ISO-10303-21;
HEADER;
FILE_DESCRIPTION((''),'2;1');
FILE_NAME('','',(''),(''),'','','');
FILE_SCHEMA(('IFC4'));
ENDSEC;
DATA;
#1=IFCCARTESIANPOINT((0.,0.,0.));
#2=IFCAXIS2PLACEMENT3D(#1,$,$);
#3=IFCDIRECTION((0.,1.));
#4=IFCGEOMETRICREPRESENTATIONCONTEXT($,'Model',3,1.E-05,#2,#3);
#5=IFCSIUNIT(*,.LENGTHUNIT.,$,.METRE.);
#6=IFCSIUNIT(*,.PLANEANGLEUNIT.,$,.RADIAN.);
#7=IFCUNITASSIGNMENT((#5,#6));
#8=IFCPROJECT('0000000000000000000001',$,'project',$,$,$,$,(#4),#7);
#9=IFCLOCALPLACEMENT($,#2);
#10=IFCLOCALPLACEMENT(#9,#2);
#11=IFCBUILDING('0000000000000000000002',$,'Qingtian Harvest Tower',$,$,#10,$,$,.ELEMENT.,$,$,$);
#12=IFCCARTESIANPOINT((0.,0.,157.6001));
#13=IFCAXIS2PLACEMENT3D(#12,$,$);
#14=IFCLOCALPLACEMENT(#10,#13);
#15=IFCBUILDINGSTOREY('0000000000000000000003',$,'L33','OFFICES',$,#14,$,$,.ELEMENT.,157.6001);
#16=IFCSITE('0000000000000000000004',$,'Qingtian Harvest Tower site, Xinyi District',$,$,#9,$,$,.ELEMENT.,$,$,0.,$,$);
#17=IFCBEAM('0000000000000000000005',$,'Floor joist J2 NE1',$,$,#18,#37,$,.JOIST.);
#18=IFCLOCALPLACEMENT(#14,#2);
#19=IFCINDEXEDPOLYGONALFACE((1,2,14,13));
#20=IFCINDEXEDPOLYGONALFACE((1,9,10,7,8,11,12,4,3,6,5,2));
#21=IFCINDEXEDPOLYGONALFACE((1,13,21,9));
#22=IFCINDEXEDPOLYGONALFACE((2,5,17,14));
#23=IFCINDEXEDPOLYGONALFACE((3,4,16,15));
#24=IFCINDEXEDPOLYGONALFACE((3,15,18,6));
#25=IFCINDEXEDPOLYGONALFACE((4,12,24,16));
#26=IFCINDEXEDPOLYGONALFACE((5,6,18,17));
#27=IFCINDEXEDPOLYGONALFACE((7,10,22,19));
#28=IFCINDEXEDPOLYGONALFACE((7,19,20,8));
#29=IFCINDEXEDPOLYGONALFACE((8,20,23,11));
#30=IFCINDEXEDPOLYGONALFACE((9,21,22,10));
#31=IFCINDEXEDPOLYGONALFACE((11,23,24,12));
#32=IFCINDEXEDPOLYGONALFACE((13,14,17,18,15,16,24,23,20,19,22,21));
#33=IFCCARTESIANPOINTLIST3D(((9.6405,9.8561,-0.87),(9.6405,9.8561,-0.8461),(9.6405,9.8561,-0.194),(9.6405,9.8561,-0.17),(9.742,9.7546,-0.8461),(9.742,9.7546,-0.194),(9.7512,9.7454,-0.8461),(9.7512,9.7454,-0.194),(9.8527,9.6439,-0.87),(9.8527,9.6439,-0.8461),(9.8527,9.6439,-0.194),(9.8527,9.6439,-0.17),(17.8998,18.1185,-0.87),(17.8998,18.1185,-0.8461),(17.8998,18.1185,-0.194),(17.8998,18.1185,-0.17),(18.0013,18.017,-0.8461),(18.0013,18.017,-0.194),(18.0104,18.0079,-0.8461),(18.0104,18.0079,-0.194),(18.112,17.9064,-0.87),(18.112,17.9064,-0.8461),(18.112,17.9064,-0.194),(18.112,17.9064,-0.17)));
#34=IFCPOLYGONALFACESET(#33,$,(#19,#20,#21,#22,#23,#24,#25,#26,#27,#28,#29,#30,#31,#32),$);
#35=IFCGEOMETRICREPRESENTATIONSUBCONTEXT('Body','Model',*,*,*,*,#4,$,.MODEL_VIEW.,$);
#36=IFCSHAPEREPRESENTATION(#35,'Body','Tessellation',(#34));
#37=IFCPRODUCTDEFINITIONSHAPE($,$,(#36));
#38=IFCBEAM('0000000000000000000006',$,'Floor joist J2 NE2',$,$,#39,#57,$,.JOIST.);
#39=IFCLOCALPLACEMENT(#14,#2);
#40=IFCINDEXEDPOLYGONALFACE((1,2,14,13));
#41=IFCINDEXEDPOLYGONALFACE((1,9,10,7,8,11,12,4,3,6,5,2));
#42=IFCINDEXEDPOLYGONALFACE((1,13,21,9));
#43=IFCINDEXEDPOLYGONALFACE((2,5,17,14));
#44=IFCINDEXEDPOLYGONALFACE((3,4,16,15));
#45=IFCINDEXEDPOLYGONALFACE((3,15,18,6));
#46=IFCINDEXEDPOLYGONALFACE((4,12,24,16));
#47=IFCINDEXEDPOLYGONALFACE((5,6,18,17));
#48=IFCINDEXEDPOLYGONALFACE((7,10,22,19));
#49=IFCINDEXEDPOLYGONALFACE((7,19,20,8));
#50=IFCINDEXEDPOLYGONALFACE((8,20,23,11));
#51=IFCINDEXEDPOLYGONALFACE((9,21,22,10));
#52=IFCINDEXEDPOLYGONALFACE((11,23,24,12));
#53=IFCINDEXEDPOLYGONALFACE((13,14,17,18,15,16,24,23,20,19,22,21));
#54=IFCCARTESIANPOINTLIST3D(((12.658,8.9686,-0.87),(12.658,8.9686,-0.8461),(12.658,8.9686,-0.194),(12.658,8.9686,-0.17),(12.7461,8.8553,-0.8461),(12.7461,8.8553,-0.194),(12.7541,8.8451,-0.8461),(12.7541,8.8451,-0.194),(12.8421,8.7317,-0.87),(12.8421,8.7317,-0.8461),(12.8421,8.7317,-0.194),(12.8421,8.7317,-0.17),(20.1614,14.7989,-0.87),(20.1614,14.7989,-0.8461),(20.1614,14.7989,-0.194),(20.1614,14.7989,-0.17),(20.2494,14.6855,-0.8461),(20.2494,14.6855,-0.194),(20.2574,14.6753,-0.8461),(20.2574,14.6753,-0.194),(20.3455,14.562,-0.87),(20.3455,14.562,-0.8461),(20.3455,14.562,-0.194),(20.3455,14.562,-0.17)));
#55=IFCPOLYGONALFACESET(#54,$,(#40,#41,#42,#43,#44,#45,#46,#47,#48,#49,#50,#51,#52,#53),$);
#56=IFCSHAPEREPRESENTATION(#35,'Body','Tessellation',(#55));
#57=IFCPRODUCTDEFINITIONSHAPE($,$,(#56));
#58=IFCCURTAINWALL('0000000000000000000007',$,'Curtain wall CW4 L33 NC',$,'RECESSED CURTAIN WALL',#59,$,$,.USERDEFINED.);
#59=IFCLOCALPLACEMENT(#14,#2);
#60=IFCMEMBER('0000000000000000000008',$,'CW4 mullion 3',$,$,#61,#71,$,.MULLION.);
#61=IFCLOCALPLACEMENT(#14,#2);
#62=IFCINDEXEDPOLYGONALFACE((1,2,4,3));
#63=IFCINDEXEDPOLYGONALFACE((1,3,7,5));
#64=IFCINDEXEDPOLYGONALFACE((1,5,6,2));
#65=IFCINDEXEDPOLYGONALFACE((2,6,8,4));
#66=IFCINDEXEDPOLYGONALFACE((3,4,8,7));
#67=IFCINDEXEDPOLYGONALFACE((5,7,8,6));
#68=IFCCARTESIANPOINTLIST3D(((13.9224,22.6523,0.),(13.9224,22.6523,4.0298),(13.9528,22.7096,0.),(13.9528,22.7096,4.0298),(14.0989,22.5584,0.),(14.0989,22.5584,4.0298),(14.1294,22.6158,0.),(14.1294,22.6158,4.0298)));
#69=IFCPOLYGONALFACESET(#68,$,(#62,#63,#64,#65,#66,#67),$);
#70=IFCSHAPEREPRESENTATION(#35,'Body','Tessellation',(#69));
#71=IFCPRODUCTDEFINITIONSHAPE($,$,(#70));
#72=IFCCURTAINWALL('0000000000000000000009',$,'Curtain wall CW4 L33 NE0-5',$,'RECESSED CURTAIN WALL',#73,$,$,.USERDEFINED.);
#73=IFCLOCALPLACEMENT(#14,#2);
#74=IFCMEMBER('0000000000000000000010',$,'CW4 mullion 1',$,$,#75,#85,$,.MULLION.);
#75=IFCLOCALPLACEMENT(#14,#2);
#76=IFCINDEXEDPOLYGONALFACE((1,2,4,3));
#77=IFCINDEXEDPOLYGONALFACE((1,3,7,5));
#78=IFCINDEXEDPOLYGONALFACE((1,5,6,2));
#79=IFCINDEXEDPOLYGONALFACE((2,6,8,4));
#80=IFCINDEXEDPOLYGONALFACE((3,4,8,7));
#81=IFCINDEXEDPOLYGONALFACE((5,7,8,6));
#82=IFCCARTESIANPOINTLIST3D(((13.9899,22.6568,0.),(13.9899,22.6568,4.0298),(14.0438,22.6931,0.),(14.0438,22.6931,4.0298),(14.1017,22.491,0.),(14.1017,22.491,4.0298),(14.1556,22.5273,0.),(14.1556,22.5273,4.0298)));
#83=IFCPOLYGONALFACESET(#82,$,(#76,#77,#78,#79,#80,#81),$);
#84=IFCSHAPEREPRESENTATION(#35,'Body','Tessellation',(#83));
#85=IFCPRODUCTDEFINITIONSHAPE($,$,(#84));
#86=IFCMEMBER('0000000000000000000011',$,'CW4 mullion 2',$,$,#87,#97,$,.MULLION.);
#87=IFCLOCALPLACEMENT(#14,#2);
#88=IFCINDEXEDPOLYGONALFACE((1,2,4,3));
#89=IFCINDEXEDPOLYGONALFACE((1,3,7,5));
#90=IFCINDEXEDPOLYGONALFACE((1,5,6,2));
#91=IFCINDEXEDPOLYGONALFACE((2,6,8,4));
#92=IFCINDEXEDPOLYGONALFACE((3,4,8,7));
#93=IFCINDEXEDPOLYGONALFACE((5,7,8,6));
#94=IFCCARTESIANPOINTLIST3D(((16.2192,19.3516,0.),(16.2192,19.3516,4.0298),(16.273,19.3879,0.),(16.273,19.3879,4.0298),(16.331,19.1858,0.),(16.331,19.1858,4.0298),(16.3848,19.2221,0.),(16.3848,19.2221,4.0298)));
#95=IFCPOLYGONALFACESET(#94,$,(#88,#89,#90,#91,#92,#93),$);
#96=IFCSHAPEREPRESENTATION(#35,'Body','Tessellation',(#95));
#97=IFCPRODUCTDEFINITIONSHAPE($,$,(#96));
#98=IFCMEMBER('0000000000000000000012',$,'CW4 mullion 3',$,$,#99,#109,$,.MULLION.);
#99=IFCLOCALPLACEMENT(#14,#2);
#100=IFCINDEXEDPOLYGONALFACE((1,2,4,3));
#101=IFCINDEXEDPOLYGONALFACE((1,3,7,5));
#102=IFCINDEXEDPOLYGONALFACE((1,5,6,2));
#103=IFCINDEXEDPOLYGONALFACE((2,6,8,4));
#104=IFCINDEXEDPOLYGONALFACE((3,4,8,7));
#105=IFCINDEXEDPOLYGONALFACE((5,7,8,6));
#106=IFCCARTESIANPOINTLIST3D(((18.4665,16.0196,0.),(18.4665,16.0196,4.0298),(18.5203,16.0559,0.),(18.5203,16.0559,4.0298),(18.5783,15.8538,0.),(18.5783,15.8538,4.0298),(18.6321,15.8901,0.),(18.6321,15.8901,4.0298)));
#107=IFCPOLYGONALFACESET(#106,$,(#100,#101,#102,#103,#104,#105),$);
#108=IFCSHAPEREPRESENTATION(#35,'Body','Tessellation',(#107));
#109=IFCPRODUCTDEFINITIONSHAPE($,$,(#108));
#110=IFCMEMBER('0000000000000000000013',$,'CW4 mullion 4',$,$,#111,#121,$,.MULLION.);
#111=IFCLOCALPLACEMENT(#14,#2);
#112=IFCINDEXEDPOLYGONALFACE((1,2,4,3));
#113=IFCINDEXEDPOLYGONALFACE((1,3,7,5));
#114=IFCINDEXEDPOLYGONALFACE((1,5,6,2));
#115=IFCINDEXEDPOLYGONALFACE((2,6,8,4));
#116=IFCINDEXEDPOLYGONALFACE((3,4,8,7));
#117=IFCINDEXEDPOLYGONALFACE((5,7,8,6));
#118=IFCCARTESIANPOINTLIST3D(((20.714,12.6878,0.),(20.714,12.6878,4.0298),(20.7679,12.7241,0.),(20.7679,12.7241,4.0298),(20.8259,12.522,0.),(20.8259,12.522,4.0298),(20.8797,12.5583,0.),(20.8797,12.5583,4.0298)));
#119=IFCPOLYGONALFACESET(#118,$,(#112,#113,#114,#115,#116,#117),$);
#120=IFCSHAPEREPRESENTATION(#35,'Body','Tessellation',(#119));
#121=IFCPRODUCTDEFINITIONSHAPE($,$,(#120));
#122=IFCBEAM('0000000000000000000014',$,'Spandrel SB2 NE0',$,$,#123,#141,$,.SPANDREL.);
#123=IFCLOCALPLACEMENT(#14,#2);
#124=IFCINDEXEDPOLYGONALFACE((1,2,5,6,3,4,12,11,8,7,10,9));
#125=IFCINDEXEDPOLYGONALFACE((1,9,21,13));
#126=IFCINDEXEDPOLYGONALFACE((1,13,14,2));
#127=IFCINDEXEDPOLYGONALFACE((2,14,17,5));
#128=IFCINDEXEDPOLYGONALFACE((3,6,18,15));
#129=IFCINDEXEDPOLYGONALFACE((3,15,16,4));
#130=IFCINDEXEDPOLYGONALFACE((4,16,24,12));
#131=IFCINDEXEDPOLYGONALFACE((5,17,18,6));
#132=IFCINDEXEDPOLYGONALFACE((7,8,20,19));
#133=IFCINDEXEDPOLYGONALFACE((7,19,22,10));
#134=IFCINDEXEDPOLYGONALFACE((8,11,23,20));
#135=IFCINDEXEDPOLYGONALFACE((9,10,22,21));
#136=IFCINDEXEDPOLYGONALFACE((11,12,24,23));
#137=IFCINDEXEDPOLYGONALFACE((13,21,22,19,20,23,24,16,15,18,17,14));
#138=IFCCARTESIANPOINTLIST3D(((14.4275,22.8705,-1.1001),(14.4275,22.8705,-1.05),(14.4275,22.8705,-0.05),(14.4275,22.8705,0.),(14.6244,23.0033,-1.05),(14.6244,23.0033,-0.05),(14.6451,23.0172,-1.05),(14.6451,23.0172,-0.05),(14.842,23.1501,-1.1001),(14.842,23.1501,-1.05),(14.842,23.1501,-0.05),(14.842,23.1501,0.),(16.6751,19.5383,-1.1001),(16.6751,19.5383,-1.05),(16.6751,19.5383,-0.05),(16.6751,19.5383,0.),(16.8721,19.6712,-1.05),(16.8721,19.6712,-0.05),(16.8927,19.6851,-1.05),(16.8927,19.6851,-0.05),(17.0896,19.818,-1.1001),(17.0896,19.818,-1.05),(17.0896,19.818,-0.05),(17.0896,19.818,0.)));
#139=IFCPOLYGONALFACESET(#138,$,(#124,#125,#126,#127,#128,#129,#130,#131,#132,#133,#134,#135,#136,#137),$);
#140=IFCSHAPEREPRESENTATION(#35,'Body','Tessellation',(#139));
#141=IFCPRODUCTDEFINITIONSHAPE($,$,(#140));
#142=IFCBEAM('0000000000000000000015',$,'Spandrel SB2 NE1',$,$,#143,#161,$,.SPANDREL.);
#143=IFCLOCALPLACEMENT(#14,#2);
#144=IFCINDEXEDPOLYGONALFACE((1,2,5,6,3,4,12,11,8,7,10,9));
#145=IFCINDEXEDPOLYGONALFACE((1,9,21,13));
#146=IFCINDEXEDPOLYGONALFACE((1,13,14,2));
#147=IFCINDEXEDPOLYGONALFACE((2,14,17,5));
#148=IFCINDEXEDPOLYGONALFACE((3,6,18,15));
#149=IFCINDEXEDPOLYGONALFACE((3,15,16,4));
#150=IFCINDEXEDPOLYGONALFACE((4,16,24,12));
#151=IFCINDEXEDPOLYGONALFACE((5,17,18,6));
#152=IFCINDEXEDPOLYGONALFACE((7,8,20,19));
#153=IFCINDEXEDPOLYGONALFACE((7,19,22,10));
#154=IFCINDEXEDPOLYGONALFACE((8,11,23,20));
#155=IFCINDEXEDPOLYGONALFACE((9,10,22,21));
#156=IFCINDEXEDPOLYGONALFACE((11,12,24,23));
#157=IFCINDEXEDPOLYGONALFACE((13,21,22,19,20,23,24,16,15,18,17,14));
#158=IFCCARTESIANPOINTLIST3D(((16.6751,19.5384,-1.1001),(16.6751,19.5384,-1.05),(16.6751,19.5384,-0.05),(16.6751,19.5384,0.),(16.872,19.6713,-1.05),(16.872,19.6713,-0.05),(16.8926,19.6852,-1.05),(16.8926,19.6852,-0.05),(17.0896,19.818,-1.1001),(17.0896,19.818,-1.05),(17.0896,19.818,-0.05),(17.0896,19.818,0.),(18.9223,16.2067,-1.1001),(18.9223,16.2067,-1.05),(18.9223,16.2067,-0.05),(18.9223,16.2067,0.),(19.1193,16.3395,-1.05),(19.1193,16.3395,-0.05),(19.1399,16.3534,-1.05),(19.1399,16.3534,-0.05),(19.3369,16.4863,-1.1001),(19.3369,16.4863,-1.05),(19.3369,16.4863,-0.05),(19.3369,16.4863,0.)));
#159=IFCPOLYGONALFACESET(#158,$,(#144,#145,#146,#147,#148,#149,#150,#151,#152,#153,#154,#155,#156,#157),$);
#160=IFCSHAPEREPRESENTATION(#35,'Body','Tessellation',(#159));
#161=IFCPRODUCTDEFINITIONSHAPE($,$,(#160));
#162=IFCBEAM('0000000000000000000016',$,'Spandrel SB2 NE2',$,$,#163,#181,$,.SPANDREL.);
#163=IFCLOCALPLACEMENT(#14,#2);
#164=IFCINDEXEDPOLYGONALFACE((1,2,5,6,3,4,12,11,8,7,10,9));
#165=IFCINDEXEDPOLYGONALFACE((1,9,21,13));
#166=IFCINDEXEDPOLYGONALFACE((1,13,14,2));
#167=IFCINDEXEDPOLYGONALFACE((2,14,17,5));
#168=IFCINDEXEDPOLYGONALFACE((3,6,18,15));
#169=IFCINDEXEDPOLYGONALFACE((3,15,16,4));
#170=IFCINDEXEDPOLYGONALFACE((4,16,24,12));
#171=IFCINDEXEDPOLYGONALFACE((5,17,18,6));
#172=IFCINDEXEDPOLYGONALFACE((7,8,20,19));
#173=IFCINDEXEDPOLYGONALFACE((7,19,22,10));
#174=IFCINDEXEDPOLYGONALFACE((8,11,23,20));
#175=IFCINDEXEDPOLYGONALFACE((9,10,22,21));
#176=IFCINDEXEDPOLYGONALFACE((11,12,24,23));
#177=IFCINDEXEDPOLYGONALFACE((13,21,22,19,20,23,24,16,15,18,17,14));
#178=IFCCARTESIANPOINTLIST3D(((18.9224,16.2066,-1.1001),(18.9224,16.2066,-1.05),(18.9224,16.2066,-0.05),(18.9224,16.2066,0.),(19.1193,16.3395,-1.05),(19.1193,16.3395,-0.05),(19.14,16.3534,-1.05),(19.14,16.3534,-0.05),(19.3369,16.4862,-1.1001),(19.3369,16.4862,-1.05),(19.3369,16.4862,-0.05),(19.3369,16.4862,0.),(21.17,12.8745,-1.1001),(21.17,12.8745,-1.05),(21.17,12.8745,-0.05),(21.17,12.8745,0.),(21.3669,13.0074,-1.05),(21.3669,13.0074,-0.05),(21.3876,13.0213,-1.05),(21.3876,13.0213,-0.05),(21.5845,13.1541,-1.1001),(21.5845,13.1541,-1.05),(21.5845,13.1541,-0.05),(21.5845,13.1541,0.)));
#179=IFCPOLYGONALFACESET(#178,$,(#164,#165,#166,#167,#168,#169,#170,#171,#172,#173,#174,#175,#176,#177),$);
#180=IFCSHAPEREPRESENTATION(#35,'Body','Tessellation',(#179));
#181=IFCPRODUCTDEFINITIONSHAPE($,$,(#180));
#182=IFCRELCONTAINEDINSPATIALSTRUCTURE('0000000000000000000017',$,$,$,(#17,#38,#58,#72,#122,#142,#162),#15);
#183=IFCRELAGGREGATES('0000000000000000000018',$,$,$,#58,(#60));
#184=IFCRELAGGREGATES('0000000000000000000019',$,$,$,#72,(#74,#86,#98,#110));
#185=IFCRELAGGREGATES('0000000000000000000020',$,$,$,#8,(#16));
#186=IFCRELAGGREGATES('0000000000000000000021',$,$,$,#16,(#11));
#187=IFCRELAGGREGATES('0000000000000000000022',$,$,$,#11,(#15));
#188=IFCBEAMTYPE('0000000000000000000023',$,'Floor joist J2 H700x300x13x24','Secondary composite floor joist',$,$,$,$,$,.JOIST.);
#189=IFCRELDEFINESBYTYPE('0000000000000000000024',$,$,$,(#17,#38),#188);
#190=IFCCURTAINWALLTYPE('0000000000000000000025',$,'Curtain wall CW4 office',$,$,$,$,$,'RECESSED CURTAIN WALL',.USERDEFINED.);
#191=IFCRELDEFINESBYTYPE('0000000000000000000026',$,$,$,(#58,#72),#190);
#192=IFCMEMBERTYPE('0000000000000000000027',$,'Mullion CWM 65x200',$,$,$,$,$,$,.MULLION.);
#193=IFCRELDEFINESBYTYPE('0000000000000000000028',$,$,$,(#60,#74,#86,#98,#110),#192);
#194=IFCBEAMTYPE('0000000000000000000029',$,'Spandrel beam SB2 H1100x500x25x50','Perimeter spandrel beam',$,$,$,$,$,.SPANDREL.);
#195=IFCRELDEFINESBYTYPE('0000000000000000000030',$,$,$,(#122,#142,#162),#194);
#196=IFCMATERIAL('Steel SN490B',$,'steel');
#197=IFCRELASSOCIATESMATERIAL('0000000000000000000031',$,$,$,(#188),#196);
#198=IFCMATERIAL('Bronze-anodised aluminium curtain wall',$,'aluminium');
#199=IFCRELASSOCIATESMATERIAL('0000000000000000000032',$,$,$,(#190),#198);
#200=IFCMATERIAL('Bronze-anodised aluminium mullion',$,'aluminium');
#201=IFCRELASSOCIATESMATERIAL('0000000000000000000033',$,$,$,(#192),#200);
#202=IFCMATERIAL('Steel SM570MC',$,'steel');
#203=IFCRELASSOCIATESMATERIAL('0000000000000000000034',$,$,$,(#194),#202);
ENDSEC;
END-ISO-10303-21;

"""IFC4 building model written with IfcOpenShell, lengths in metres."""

from ifc_helpers import new_model, si_unit, direction, frame, origin, origin_2d, place, context, subcontext, project, spatial, rectangle, i_section, extrude, material, material_profile, profile_set, type_object, element, aggregate, save


model = new_model("IFC4")

# Units and contexts
model_context = context("Model", 3, precision=1e-05, world=origin(), true_north=direction((0.0, 1.0)))
body_context = subcontext(model_context, "Body", "Model", "MODEL_VIEW")
ifc_project = project(units=[si_unit("LENGTHUNIT", "METRE"), si_unit("PLANEANGLEUNIT", "RADIAN")], contexts=[model_context])

# Site, building, storey
site_placement = place(None, origin())
site = spatial("IfcSite", under=ifc_project, at=site_placement, Name="Qingtian Harvest Tower site, Xinyi District", CompositionType="ELEMENT", RefElevation=0.0)
building_placement = place(site_placement, origin())
building = spatial("IfcBuilding", under=site, at=building_placement, Name="Qingtian Harvest Tower", CompositionType="ELEMENT")
storey_placement = place(building_placement, frame((0.0, 0.0, 157.6001)))
storey = spatial("IfcBuildingStorey", under=building, at=storey_placement, Name="L33", Description="OFFICES", CompositionType="ELEMENT", Elevation=157.6001)

# Beams
ifc_material_1 = material(Name="Steel SN490B", Category="steel")
ifc_material_profile_1 = material_profile(ifc_material_1, i_section(OverallWidth=0.3, OverallDepth=0.7, WebThickness=0.0129, FlangeThickness=0.0239, at=origin_2d()), Name="H700x300x13x24")
ifc_profile_set_1 = profile_set([ifc_material_profile_1], Name="Steel SN490B")
beam_type_1 = type_object("IfcBeamType", Name="Floor joist J2 H700x300x13x24", Description="Secondary composite floor joist", PredefinedType="JOIST", material=ifc_profile_set_1)
beam_1_placement = place(storey_placement, frame((18.0059, 18.0125, -0.52), z_axis=(-0.706971, -0.707243, 0.0), x_axis=(0.707243, -0.706971, 0.0)))
element("IfcBeam", 1, at=beam_1_placement, inside=storey, type_object=beam_type_1, Name="Floor joist J2 NE1", PredefinedType="JOIST", context=body_context, shape_type="SweptSolid", body=[
    extrude(i_section(OverallWidth=0.3, OverallDepth=0.7, WebThickness=0.0129, FlangeThickness=0.0239, at=origin_2d()), origin(), (0.0, 0.0, 1.0), 11.6826),
])
beam_2_placement = place(storey_placement, frame((20.2534, 14.6804, -0.52), z_axis=(-0.789641, -0.613569, 0.0), x_axis=(0.613569, -0.789641, 0.0)))
element("IfcBeam", 2, at=beam_2_placement, inside=storey, type_object=beam_type_1, Name="Floor joist J2 NE2", PredefinedType="JOIST", context=body_context, shape_type="SweptSolid", body=[
    extrude(i_section(OverallWidth=0.3, OverallDepth=0.7, WebThickness=0.0129, FlangeThickness=0.0239, at=origin_2d()), origin(), (0.0, 0.0, 1.0), 9.5022),
])

# Curtain wall, member
ifc_material_2 = material(Name="Bronze-anodised aluminium curtain wall", Category="aluminium")
curtain_wall_type = type_object("IfcCurtainWallType", Name="Curtain wall CW4 office", ElementType="RECESSED CURTAIN WALL", PredefinedType="USERDEFINED", material=ifc_material_2)
curtain_wall_1_placement = place(storey_placement, origin())
curtain_wall_1 = element("IfcCurtainWall", 3, at=curtain_wall_1_placement, inside=storey, type_object=curtain_wall_type, Name="Curtain wall CW4 L33 NC", ObjectType="RECESSED CURTAIN WALL", PredefinedType="USERDEFINED")
ifc_material_3 = material(Name="Bronze-anodised aluminium mullion", Category="aluminium")
ifc_material_profile_2 = material_profile(ifc_material_3, rectangle(XDim=0.0649, YDim=0.2, at=origin_2d()), Name="AL 65x200")
ifc_profile_set_2 = profile_set([ifc_material_profile_2], Name="Bronze-anodised aluminium mullion")
member_type_1 = type_object("IfcMemberType", Name="Mullion CWM 65x200", PredefinedType="MULLION", material=ifc_profile_set_2)
member_1_placement = place(storey_placement, frame((14.0259, 22.634, 0.0), z_axis=(0.0, 0.0, 1.0), x_axis=(0.469472, 0.882948, 0.0)))
member_1 = element("IfcMember", 4, at=member_1_placement, type_object=member_type_1, Name="CW4 mullion 3", PredefinedType="MULLION", context=body_context, shape_type="SweptSolid", body=[
    extrude(rectangle(XDim=0.0649, YDim=0.2, at=origin_2d()), origin(), (0.0, 0.0, 1.0), 4.0298),
])
aggregate(curtain_wall_1, [member_1])

# Curtain wall, members
curtain_wall_2_placement = place(storey_placement, origin())
curtain_wall_2 = element("IfcCurtainWall", 5, at=curtain_wall_2_placement, inside=storey, type_object=curtain_wall_type, Name="Curtain wall CW4 L33 NE0-5", ObjectType="RECESSED CURTAIN WALL", PredefinedType="USERDEFINED")
member_2_placement = place(storey_placement, frame((14.0728, 22.592, 0.0), z_axis=(0.0, 0.0, 1.0), x_axis=(0.829038, 0.559193, 0.0)))
member_2 = element("IfcMember", 6, at=member_2_placement, type_object=member_type_1, Name="CW4 mullion 1", PredefinedType="MULLION", context=body_context, shape_type="SweptSolid", body=[
    extrude(rectangle(XDim=0.0649, YDim=0.2, at=origin_2d()), origin(), (0.0, 0.0, 1.0), 4.0298),
])
member_3_placement = place(storey_placement, frame((16.302, 19.2869, 0.0), z_axis=(0.0, 0.0, 1.0), x_axis=(0.829038, 0.559193, 0.0)))
member_3 = element("IfcMember", 7, at=member_3_placement, type_object=member_type_1, Name="CW4 mullion 2", PredefinedType="MULLION", context=body_context, shape_type="SweptSolid", body=[
    extrude(rectangle(XDim=0.0649, YDim=0.2, at=origin_2d()), origin(), (0.0, 0.0, 1.0), 4.0298),
])
member_4_placement = place(storey_placement, frame((18.5493, 15.9548, 0.0), z_axis=(0.0, 0.0, 1.0), x_axis=(0.829038, 0.559193, 0.0)))
member_4 = element("IfcMember", 8, at=member_4_placement, type_object=member_type_1, Name="CW4 mullion 3", PredefinedType="MULLION", context=body_context, shape_type="SweptSolid", body=[
    extrude(rectangle(XDim=0.0649, YDim=0.2, at=origin_2d()), origin(), (0.0, 0.0, 1.0), 4.0298),
])
member_5_placement = place(storey_placement, frame((20.7969, 12.623, 0.0), z_axis=(0.0, 0.0, 1.0), x_axis=(0.829038, 0.559193, 0.0)))
member_5 = element("IfcMember", 9, at=member_5_placement, type_object=member_type_1, Name="CW4 mullion 4", PredefinedType="MULLION", context=body_context, shape_type="SweptSolid", body=[
    extrude(rectangle(XDim=0.0649, YDim=0.2, at=origin_2d()), origin(), (0.0, 0.0, 1.0), 4.0298),
])

# Beams
ifc_material_4 = material(Name="Steel SM570MC", Category="steel")
ifc_material_profile_3 = material_profile(ifc_material_4, i_section(OverallWidth=0.5, OverallDepth=1.1001, WebThickness=0.0249, FlangeThickness=0.05, at=origin_2d()), Name="H1100x500x25x50")
ifc_profile_set_3 = profile_set([ifc_material_profile_3], Name="Steel SM570MC")
beam_type_2 = type_object("IfcBeamType", Name="Spandrel beam SB2 H1100x500x25x50", Description="Perimeter spandrel beam", PredefinedType="SPANDREL", material=ifc_profile_set_3)
beam_3_placement = place(storey_placement, frame((14.6348, 23.0103, -0.55), z_axis=(0.559206, -0.829029, 0.0), x_axis=(0.829029, 0.559206, 0.0)))
element("IfcBeam", 10, at=beam_3_placement, inside=storey, type_object=beam_type_2, Name="Spandrel SB2 NE0", PredefinedType="SPANDREL", context=body_context, shape_type="SweptSolid", body=[
    extrude(i_section(OverallWidth=0.5, OverallDepth=1.1001, WebThickness=0.0249, FlangeThickness=0.05, at=origin_2d()), origin(), (0.0, 0.0, 1.0), 4.0193),
])
beam_4_placement = place(storey_placement, frame((16.8823, 19.6782, -0.55), z_axis=(0.559192, -0.829038, 0.0), x_axis=(0.829038, 0.559192, 0.0)))
element("IfcBeam", 11, at=beam_4_placement, inside=storey, type_object=beam_type_2, Name="Spandrel SB2 NE1", PredefinedType="SPANDREL", context=body_context, shape_type="SweptSolid", body=[
    extrude(i_section(OverallWidth=0.5, OverallDepth=1.1001, WebThickness=0.0249, FlangeThickness=0.05, at=origin_2d()), origin(), (0.0, 0.0, 1.0), 4.0188),
])
beam_5_placement = place(storey_placement, frame((19.1296, 16.3464, -0.55), z_axis=(0.559206, -0.829029, 0.0), x_axis=(0.829029, 0.559206, 0.0)))
element("IfcBeam", 12, at=beam_5_placement, inside=storey, type_object=beam_type_2, Name="Spandrel SB2 NE2", PredefinedType="SPANDREL", context=body_context, shape_type="SweptSolid", body=[
    extrude(i_section(OverallWidth=0.5, OverallDepth=1.1001, WebThickness=0.0249, FlangeThickness=0.05, at=origin_2d()), origin(), (0.0, 0.0, 1.0), 4.0193),
])

aggregate(curtain_wall_2, [member_2, member_3, member_4, member_5])

save(model, "model.ifc")
